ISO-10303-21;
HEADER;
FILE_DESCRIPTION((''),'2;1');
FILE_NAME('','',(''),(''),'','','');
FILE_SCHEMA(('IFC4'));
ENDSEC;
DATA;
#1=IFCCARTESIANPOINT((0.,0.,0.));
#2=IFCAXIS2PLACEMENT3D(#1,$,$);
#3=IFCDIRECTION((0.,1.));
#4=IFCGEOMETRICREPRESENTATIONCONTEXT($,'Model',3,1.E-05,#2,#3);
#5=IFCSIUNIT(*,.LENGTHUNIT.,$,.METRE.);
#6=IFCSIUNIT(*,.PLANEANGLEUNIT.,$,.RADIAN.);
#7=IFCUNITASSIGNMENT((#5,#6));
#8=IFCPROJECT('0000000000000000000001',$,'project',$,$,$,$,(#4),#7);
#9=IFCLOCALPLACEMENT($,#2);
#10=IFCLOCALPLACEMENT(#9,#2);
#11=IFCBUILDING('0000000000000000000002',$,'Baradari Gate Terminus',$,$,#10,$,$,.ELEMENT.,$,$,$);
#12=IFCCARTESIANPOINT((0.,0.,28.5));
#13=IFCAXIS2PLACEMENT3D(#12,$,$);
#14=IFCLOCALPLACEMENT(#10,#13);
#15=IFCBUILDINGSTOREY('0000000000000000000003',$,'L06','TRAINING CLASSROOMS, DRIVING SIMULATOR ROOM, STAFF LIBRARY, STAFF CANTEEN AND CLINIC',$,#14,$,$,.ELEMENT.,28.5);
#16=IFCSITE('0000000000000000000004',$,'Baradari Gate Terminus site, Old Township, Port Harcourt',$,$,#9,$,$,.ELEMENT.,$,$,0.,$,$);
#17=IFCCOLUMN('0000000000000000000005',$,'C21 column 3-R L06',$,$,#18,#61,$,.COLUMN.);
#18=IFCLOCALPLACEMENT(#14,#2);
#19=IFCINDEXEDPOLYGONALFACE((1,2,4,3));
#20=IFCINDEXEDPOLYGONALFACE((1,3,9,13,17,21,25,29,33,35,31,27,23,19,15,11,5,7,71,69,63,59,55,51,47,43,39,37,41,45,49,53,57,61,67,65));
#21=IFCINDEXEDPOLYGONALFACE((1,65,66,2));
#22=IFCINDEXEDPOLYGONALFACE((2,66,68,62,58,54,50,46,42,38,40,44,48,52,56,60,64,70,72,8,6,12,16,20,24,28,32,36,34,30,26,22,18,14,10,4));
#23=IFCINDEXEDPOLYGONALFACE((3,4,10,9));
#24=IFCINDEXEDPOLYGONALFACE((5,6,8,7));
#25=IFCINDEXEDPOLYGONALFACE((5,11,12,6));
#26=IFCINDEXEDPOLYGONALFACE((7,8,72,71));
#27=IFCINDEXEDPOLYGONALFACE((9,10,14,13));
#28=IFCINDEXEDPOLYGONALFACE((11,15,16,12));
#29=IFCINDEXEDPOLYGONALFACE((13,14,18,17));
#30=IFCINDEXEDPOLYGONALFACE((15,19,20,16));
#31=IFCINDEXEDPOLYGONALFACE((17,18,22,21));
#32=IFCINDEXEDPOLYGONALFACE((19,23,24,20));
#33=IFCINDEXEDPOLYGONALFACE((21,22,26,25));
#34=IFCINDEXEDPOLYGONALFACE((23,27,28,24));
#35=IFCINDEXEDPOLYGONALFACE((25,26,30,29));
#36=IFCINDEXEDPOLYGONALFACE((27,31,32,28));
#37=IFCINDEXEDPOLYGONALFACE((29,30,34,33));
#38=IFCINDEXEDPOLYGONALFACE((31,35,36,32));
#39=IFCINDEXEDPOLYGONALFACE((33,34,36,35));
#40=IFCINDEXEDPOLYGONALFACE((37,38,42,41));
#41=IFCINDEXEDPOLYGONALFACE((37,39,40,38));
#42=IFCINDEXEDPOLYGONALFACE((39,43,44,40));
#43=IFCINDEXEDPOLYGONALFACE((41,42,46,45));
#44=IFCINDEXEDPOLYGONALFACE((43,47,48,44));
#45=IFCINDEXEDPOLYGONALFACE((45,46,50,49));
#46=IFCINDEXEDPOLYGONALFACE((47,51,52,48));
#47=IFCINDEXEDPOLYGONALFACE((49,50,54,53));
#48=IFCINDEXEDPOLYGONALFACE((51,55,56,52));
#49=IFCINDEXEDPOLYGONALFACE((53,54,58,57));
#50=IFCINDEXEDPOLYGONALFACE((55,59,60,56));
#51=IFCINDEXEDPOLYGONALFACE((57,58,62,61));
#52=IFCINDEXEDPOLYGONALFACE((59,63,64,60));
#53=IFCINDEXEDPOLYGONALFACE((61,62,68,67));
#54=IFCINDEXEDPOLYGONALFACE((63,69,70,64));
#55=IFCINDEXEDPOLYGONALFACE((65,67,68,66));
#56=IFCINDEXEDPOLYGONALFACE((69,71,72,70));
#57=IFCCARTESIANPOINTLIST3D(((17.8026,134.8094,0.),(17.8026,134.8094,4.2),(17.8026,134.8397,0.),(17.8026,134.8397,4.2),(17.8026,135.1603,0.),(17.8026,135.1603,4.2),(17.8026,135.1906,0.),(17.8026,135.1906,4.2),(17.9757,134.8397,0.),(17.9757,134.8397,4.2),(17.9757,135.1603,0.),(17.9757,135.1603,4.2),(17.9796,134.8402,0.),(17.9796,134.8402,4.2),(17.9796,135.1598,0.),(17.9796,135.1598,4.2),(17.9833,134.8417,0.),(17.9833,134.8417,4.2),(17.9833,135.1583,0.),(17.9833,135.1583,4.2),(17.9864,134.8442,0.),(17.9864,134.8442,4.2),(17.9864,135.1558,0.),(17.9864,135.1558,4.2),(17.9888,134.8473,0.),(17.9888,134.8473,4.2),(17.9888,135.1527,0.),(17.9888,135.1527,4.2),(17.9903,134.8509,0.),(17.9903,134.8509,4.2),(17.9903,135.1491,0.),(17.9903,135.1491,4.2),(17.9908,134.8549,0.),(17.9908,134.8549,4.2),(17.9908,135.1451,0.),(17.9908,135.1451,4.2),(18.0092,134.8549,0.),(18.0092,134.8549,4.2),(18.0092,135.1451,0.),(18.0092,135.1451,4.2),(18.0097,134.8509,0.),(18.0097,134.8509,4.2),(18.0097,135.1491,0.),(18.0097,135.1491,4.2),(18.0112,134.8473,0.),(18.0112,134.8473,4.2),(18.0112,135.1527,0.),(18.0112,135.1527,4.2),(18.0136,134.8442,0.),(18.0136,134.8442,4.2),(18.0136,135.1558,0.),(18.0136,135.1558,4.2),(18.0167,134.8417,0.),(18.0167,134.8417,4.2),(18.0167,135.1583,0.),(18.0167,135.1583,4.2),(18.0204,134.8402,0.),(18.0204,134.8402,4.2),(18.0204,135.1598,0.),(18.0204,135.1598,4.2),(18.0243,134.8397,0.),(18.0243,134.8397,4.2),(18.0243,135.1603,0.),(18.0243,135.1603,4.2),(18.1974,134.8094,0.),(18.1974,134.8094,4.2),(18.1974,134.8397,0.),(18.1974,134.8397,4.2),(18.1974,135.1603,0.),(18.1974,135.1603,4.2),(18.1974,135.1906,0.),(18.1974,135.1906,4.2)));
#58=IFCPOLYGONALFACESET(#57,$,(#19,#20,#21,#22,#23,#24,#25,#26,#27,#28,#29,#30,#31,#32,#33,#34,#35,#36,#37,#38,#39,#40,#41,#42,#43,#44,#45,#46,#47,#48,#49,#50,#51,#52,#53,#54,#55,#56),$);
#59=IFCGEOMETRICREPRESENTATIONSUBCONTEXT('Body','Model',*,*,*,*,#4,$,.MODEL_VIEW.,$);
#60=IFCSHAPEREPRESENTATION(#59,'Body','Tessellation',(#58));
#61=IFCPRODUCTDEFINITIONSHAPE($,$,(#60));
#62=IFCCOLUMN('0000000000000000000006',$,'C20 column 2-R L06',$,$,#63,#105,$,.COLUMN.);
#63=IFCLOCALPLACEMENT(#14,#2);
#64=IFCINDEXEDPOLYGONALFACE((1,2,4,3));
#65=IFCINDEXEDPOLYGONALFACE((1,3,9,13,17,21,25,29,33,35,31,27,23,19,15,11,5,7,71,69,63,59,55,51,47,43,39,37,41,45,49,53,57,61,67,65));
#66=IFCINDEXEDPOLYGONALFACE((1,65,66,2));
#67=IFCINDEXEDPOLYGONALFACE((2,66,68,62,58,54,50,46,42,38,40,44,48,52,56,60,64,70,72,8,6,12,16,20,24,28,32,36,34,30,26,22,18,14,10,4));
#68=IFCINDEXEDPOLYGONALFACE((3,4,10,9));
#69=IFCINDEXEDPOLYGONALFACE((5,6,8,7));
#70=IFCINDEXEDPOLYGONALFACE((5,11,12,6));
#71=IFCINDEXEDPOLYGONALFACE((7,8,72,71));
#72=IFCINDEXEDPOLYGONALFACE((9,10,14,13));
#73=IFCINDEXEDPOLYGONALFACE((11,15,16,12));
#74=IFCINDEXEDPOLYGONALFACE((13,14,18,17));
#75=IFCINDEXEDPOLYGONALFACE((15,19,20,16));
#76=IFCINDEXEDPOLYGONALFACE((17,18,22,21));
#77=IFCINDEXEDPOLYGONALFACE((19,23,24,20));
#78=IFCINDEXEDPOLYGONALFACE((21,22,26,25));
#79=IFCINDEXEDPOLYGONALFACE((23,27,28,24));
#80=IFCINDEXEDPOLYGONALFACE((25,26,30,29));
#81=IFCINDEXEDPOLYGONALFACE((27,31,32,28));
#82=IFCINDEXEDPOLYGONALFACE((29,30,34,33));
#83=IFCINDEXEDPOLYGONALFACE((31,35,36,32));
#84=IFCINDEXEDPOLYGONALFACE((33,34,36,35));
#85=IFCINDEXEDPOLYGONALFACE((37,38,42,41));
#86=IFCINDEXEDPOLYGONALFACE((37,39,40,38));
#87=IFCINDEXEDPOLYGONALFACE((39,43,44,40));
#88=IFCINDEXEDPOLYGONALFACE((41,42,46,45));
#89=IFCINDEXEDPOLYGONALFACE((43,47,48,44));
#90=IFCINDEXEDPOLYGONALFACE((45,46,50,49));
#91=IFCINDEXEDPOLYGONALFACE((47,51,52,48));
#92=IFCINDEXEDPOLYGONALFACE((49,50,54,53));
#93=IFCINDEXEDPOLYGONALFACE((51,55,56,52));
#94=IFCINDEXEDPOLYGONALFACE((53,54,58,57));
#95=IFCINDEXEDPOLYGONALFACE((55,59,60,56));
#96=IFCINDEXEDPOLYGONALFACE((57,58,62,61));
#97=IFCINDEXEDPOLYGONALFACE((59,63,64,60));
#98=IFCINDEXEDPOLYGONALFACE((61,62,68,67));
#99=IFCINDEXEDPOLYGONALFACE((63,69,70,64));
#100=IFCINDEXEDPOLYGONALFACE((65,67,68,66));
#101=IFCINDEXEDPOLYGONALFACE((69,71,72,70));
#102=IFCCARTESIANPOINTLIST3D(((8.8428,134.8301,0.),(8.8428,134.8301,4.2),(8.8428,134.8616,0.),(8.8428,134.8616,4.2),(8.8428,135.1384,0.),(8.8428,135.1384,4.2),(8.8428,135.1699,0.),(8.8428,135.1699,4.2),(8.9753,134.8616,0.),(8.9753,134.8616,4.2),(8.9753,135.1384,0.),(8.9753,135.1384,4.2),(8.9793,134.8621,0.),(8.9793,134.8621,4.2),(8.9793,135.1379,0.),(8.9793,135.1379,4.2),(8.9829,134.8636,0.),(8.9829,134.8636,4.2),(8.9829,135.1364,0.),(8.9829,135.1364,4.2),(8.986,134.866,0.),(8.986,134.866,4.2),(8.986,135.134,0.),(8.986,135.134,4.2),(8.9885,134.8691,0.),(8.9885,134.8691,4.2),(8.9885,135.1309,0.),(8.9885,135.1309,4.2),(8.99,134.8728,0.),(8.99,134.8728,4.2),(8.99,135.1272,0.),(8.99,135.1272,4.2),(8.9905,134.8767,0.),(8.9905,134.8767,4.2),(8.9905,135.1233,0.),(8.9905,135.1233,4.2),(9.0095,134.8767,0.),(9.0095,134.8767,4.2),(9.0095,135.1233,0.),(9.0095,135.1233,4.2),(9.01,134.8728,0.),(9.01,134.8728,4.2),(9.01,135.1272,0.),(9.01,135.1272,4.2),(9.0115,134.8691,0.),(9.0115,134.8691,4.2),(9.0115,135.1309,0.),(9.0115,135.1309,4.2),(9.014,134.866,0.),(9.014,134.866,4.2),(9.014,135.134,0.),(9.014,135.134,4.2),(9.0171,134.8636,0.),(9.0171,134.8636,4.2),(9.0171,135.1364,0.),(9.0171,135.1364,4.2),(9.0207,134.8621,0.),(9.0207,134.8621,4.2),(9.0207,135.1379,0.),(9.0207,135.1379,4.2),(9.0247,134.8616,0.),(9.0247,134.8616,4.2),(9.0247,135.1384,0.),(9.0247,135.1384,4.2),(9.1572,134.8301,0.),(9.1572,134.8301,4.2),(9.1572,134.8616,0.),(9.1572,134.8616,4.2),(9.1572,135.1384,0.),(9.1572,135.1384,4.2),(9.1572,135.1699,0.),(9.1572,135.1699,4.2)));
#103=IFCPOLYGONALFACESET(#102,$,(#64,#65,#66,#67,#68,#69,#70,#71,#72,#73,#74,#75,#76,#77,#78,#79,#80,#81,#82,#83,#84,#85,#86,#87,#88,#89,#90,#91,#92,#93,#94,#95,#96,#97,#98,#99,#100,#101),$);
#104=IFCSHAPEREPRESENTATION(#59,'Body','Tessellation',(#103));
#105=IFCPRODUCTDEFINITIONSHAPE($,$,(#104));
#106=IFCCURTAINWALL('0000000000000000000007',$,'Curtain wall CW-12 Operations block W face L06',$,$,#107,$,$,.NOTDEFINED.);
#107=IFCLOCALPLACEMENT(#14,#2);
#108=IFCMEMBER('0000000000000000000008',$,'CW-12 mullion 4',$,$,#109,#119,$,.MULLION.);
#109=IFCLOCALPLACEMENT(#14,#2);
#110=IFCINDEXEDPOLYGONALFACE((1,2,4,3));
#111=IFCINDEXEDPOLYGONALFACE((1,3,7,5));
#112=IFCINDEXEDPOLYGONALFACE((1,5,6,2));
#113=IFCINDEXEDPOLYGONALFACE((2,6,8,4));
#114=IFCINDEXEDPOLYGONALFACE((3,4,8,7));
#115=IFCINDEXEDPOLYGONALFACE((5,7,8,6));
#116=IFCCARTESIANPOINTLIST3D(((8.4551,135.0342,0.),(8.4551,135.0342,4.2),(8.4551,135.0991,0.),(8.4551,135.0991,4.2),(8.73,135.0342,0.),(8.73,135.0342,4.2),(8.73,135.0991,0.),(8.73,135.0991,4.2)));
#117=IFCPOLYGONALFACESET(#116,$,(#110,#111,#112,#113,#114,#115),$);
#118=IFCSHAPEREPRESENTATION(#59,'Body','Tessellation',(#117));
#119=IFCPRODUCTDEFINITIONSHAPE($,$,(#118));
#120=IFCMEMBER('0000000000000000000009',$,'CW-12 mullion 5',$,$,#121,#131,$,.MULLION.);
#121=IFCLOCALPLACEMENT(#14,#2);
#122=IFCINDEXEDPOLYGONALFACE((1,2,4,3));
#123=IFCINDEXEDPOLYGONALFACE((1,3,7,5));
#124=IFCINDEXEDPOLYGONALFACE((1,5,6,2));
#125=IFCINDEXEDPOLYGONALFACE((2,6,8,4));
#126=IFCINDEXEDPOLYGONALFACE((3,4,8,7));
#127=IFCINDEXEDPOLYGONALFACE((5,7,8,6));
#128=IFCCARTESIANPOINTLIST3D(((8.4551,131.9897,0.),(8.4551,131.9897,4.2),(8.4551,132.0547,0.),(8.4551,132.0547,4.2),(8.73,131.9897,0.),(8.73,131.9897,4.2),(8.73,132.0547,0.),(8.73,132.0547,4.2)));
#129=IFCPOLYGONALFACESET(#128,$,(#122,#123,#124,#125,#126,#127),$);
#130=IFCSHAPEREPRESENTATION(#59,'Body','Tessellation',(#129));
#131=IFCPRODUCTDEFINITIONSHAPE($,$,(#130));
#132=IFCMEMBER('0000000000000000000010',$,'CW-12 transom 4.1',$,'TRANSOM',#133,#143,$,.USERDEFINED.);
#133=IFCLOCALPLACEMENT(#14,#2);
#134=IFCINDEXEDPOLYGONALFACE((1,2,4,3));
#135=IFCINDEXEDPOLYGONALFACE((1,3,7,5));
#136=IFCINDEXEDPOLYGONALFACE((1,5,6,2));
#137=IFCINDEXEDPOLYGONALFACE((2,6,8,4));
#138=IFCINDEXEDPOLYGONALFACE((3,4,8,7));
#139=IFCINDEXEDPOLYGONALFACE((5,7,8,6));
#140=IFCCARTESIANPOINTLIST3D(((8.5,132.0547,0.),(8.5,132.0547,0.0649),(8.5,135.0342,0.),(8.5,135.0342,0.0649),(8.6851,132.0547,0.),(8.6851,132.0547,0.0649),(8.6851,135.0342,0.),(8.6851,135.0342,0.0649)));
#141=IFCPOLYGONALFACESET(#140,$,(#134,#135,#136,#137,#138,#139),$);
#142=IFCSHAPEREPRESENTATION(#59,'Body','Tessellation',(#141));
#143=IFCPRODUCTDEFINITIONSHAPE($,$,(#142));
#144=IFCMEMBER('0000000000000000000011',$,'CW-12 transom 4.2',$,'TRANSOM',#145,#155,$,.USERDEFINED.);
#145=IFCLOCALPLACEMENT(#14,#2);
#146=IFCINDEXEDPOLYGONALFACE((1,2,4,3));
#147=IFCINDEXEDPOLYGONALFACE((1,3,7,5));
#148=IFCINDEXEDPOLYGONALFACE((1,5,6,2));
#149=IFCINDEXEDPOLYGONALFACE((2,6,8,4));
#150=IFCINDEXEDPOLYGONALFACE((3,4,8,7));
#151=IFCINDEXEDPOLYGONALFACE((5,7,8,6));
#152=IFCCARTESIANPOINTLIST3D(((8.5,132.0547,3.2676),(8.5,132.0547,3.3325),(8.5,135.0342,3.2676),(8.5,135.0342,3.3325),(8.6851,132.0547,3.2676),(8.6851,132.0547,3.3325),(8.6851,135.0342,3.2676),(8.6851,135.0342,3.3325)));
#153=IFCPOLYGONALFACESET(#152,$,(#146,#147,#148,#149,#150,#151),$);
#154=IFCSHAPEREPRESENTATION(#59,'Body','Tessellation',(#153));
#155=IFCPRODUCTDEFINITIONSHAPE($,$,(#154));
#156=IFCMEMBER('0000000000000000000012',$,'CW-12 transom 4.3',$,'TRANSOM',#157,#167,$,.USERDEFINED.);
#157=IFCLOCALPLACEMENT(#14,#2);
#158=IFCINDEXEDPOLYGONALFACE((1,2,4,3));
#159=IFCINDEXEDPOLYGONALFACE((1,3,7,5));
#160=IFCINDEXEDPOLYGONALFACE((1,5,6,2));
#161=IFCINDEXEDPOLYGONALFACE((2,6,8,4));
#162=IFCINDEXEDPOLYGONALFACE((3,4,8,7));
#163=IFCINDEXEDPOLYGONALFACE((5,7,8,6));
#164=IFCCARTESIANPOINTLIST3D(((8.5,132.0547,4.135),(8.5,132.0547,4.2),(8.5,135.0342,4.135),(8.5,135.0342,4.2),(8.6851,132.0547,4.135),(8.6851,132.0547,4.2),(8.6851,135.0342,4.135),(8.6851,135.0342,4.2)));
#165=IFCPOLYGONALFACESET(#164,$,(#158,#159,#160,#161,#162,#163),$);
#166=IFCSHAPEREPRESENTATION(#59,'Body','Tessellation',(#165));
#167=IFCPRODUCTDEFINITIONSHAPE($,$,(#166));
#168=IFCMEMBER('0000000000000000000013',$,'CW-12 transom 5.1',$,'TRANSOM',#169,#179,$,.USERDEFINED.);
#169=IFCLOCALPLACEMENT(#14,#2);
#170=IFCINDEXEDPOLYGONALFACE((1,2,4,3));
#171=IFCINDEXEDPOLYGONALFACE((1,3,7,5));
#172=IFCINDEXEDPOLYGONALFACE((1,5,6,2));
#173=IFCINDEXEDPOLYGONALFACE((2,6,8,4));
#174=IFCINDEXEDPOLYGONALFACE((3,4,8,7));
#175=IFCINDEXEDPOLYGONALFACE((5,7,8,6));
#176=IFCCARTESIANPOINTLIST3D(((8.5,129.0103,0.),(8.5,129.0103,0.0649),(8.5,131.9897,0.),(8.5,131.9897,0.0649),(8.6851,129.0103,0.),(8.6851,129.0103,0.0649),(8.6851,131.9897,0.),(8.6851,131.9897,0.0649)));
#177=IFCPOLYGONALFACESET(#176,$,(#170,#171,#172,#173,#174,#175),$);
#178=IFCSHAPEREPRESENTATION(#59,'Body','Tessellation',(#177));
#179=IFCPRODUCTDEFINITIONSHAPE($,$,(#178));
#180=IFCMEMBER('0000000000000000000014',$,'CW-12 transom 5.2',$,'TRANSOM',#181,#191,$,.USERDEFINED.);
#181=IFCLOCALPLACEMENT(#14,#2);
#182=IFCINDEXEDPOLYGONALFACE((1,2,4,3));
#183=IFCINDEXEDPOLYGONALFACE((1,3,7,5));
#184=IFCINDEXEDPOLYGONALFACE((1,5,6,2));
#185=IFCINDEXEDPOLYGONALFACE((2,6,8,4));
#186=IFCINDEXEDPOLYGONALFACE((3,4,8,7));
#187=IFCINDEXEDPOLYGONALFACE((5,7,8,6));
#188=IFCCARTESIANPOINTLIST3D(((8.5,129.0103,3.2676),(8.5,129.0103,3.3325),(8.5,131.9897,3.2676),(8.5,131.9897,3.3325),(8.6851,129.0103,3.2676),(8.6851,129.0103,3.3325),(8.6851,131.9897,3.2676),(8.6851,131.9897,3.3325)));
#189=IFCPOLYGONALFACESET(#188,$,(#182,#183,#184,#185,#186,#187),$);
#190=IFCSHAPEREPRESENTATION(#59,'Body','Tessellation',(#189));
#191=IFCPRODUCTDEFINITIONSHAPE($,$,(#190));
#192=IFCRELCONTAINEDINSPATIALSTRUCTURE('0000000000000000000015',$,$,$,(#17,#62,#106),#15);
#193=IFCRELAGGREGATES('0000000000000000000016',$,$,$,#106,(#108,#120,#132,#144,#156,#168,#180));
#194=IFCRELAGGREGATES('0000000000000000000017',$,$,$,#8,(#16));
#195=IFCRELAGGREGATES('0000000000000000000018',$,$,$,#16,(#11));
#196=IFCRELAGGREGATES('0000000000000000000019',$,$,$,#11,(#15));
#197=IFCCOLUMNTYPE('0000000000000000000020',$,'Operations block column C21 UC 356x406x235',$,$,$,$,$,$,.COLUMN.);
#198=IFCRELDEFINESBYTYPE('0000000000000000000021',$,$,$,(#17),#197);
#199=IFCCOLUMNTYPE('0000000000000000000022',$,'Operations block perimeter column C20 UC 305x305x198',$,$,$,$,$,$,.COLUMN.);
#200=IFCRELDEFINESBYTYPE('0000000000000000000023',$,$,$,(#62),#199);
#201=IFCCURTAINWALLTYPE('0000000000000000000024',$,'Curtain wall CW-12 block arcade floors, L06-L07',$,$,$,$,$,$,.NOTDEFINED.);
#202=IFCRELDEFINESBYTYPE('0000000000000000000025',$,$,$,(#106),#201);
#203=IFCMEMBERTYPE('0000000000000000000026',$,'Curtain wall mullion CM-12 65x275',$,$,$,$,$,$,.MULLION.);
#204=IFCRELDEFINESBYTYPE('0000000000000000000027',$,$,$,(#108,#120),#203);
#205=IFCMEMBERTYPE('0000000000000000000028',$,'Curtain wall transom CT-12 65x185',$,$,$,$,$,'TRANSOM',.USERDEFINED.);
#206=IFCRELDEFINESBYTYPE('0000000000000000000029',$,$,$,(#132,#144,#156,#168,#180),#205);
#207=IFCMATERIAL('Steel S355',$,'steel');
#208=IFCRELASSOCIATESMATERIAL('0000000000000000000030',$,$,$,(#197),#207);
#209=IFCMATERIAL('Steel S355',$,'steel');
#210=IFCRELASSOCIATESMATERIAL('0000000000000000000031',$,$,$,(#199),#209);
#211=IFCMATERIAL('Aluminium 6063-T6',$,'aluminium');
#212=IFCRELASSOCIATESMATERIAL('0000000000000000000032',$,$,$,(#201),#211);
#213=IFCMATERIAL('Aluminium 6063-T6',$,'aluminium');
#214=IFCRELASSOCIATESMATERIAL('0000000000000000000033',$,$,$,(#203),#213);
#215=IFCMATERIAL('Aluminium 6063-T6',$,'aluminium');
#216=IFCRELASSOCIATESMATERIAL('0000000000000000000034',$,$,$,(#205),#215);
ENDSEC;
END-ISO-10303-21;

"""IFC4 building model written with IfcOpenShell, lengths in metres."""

from ifc_helpers import new_model, si_unit, direction, frame, origin, origin_2d, place, context, subcontext, project, spatial, rectangle, i_section, extrude, material, material_profile, profile_set, type_object, element, aggregate, save


model = new_model("IFC4")

# Units and contexts
model_context = context("Model", 3, precision=1e-05, world=origin(), true_north=direction((0.0, 1.0)))
body_context = subcontext(model_context, "Body", "Model", "MODEL_VIEW")
ifc_project = project(units=[si_unit("LENGTHUNIT", "METRE"), si_unit("PLANEANGLEUNIT", "RADIAN")], contexts=[model_context])

# Site, building, storey
site_placement = place(None, origin())
site = spatial("IfcSite", under=ifc_project, at=site_placement, Name="Baradari Gate Terminus site, Old Township, Port Harcourt", CompositionType="ELEMENT", RefElevation=0.0)
building_placement = place(site_placement, origin())
building = spatial("IfcBuilding", under=site, at=building_placement, Name="Baradari Gate Terminus", CompositionType="ELEMENT")
storey_placement = place(building_placement, frame((0.0, 0.0, 28.5)))
storey = spatial("IfcBuildingStorey", under=building, at=storey_placement, Name="L06", Description="TRAINING CLASSROOMS, DRIVING SIMULATOR ROOM, STAFF LIBRARY, STAFF CANTEEN AND CLINIC", CompositionType="ELEMENT", Elevation=28.5)

# Columns
ifc_material_1 = material(Name="Steel S355", Category="steel")
ifc_material_profile_1 = material_profile(ifc_material_1, i_section(OverallWidth=0.3948, OverallDepth=0.3811, WebThickness=0.0183, FlangeThickness=0.0303, FilletRadius=0.0151, at=origin_2d()), Name="UC 356x406x235")
ifc_profile_set_1 = profile_set([ifc_material_profile_1], Name="Steel S355")
column_type_1 = type_object("IfcColumnType", Name="Operations block column C21 UC 356x406x235", PredefinedType="COLUMN", material=ifc_profile_set_1)
column_1_placement = place(storey_placement, frame((18.0, 135.0, 0.0), z_axis=(0.0, 0.0, 1.0), x_axis=(1.0, 0.0, 0.0)))
element("IfcColumn", 1, at=column_1_placement, inside=storey, type_object=column_type_1, Name="C21 column 3-R L06", PredefinedType="COLUMN", context=body_context, shape_type="SweptSolid", body=[
    extrude(i_section(OverallWidth=0.3948, OverallDepth=0.3811, WebThickness=0.0183, FlangeThickness=0.0303, FilletRadius=0.0151, at=origin_2d()), origin(), (0.0, 0.0, 1.0), 4.2),
])
ifc_material_2 = material(Name="Steel S355", Category="steel")
ifc_material_profile_2 = material_profile(ifc_material_2, i_section(OverallWidth=0.3145, OverallDepth=0.3398, WebThickness=0.019, FlangeThickness=0.0315, FilletRadius=0.0151, at=origin_2d()), Name="UC 305x305x198")
ifc_profile_set_2 = profile_set([ifc_material_profile_2], Name="Steel S355")
column_type_2 = type_object("IfcColumnType", Name="Operations block perimeter column C20 UC 305x305x198", PredefinedType="COLUMN", material=ifc_profile_set_2)
column_2_placement = place(storey_placement, frame((9.0, 135.0, 0.0), z_axis=(0.0, 0.0, 1.0), x_axis=(1.0, 0.0, 0.0)))
element("IfcColumn", 2, at=column_2_placement, inside=storey, type_object=column_type_2, Name="C20 column 2-R L06", PredefinedType="COLUMN", context=body_context, shape_type="SweptSolid", body=[
    extrude(i_section(OverallWidth=0.3145, OverallDepth=0.3398, WebThickness=0.019, FlangeThickness=0.0315, FilletRadius=0.0151, at=origin_2d()), origin(), (0.0, 0.0, 1.0), 4.2),
])

# Curtain wall, members
ifc_material_3 = material(Name="Aluminium 6063-T6", Category="aluminium")
curtain_wall_type = type_object("IfcCurtainWallType", Name="Curtain wall CW-12 block arcade floors, L06-L07", PredefinedType="NOTDEFINED", material=ifc_material_3)
curtain_wall_placement = place(storey_placement, origin())
curtain_wall = element("IfcCurtainWall", 3, at=curtain_wall_placement, inside=storey, type_object=curtain_wall_type, Name="Curtain wall CW-12 Operations block W face L06", PredefinedType="NOTDEFINED")
ifc_material_4 = material(Name="Aluminium 6063-T6", Category="aluminium")
ifc_material_profile_3 = material_profile(ifc_material_4, rectangle(XDim=0.2749, YDim=0.0649, at=origin_2d()), Name="CM-12 65X275")
ifc_profile_set_3 = profile_set([ifc_material_profile_3], Name="Aluminium 6063-T6")
member_type_1 = type_object("IfcMemberType", Name="Curtain wall mullion CM-12 65x275", PredefinedType="MULLION", material=ifc_profile_set_3)
member_1_placement = place(storey_placement, frame((8.5925, 135.0667, 0.0), z_axis=(0.0, 0.0, 1.0), x_axis=(1.0, 0.0, 0.0)))
member_1 = element("IfcMember", 4, at=member_1_placement, type_object=member_type_1, Name="CW-12 mullion 4", PredefinedType="MULLION", context=body_context, shape_type="SweptSolid", body=[
    extrude(rectangle(XDim=0.2749, YDim=0.0649, at=origin_2d()), origin(), (0.0, 0.0, 1.0), 4.2),
])
member_2_placement = place(storey_placement, frame((8.5925, 132.0222, 0.0), z_axis=(0.0, 0.0, 1.0), x_axis=(1.0, 0.0, 0.0)))
member_2 = element("IfcMember", 5, at=member_2_placement, type_object=member_type_1, Name="CW-12 mullion 5", PredefinedType="MULLION", context=body_context, shape_type="SweptSolid", body=[
    extrude(rectangle(XDim=0.2749, YDim=0.0649, at=origin_2d()), origin(), (0.0, 0.0, 1.0), 4.2),
])
ifc_material_5 = material(Name="Aluminium 6063-T6", Category="aluminium")
ifc_material_profile_4 = material_profile(ifc_material_5, rectangle(XDim=0.1851, YDim=0.0649, at=origin_2d()), Name="CT-12 65X185")
ifc_profile_set_4 = profile_set([ifc_material_profile_4], Name="Aluminium 6063-T6")
member_type_2 = type_object("IfcMemberType", Name="Curtain wall transom CT-12 65x185", ElementType="TRANSOM", PredefinedType="USERDEFINED", material=ifc_profile_set_4)
member_3_placement = place(storey_placement, frame((8.5925, 135.0342, 0.0325), z_axis=(0.0, -1.0, 0.0), x_axis=(1.0, 0.0, 0.0)))
member_3 = element("IfcMember", 6, at=member_3_placement, type_object=member_type_2, Name="CW-12 transom 4.1", ObjectType="TRANSOM", PredefinedType="USERDEFINED", context=body_context, shape_type="SweptSolid", body=[
    extrude(rectangle(XDim=0.1851, YDim=0.0649, at=origin_2d()), origin(), (0.0, 0.0, 1.0), 2.9795),
])
member_4_placement = place(storey_placement, frame((8.5925, 135.0342, 3.3), z_axis=(0.0, -1.0, 0.0), x_axis=(1.0, 0.0, 0.0)))
member_4 = element("IfcMember", 7, at=member_4_placement, type_object=member_type_2, Name="CW-12 transom 4.2", ObjectType="TRANSOM", PredefinedType="USERDEFINED", context=body_context, shape_type="SweptSolid", body=[
    extrude(rectangle(XDim=0.1851, YDim=0.0649, at=origin_2d()), origin(), (0.0, 0.0, 1.0), 2.9795),
])
member_5_placement = place(storey_placement, frame((8.5925, 135.0342, 4.1675), z_axis=(0.0, -1.0, 0.0), x_axis=(1.0, 0.0, 0.0)))
member_5 = element("IfcMember", 8, at=member_5_placement, type_object=member_type_2, Name="CW-12 transom 4.3", ObjectType="TRANSOM", PredefinedType="USERDEFINED", context=body_context, shape_type="SweptSolid", body=[
    extrude(rectangle(XDim=0.1851, YDim=0.0649, at=origin_2d()), origin(), (0.0, 0.0, 1.0), 2.9795),
])
member_6_placement = place(storey_placement, frame((8.5925, 131.9897, 0.0325), z_axis=(0.0, -1.0, 0.0), x_axis=(1.0, 0.0, 0.0)))
member_6 = element("IfcMember", 9, at=member_6_placement, type_object=member_type_2, Name="CW-12 transom 5.1", ObjectType="TRANSOM", PredefinedType="USERDEFINED", context=body_context, shape_type="SweptSolid", body=[
    extrude(rectangle(XDim=0.1851, YDim=0.0649, at=origin_2d()), origin(), (0.0, 0.0, 1.0), 2.9795),
])
member_7_placement = place(storey_placement, frame((8.5925, 131.9897, 3.3), z_axis=(0.0, -1.0, 0.0), x_axis=(1.0, 0.0, 0.0)))
member_7 = element("IfcMember", 10, at=member_7_placement, type_object=member_type_2, Name="CW-12 transom 5.2", ObjectType="TRANSOM", PredefinedType="USERDEFINED", context=body_context, shape_type="SweptSolid", body=[
    extrude(rectangle(XDim=0.1851, YDim=0.0649, at=origin_2d()), origin(), (0.0, 0.0, 1.0), 2.9795),
])

aggregate(curtain_wall, [member_1, member_2, member_3, member_4, member_5, member_6, member_7])

save(model, "model.ifc")
